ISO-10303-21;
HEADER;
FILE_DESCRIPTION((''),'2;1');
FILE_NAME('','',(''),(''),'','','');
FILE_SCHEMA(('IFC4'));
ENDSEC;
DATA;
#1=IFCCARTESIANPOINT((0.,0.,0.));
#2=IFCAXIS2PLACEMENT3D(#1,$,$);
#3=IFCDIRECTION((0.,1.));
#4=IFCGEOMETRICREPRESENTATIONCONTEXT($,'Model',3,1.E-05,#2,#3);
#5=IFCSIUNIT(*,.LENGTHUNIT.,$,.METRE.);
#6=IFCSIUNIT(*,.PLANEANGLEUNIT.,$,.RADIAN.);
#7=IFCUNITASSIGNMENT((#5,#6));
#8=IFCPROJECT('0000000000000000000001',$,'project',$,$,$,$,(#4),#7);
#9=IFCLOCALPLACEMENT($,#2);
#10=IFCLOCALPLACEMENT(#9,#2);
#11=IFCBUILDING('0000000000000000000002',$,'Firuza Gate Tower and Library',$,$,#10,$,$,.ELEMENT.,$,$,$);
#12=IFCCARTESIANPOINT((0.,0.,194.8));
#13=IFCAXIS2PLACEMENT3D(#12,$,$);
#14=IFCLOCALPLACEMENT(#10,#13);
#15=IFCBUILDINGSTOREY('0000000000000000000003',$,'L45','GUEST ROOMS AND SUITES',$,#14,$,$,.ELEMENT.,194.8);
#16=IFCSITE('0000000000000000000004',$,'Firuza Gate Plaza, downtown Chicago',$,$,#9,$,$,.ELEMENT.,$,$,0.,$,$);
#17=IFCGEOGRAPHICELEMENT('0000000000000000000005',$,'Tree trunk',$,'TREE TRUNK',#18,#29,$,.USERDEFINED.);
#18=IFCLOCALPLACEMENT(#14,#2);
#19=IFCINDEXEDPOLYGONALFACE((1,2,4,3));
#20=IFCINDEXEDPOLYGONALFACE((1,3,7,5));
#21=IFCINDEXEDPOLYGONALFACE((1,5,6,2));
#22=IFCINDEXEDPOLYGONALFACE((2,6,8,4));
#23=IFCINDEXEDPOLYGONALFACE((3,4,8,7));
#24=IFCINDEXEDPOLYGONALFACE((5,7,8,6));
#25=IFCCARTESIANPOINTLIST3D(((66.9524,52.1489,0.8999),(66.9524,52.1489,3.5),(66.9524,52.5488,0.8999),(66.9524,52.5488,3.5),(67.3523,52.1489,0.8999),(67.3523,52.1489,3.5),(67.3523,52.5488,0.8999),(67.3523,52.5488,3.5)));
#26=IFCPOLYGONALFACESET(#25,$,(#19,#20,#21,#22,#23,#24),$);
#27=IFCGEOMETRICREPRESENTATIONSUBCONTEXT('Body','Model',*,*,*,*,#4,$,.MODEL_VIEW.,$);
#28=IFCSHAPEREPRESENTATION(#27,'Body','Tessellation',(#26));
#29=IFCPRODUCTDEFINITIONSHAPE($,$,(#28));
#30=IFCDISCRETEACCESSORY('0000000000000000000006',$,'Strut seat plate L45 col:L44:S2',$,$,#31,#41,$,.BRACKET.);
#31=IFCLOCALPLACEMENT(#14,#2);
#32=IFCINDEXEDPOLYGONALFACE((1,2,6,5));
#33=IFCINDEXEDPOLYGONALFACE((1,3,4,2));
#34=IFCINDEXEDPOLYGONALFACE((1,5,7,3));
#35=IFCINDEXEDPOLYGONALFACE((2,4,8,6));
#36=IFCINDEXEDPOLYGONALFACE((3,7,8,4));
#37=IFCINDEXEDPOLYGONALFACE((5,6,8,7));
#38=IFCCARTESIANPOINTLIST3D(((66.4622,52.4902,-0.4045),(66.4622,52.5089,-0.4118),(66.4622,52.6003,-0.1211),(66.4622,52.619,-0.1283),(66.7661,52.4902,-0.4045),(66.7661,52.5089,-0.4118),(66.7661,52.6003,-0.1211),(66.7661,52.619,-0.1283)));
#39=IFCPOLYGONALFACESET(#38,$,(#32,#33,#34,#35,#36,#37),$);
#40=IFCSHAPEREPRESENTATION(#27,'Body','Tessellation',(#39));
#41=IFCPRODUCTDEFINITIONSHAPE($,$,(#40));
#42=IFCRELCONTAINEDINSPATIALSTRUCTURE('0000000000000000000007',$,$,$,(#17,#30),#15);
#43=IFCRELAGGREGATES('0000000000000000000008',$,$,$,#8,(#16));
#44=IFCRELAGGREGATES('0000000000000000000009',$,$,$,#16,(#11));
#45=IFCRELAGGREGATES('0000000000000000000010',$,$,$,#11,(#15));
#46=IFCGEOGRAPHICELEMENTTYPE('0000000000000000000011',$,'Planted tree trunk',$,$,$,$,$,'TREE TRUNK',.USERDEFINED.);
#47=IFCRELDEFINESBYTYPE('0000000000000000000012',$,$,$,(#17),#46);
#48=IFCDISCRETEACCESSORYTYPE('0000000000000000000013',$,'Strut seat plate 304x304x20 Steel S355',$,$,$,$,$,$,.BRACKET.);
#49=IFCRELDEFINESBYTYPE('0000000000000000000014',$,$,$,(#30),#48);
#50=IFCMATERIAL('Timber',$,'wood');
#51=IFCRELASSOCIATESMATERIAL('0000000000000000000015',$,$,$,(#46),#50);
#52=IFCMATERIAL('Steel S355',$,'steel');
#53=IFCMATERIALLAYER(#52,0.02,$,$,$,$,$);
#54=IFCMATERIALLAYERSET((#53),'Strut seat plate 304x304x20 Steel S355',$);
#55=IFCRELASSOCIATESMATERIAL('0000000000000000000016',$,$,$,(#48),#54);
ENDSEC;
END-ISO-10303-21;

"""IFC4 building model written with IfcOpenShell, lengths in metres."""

from ifc_helpers import new_model, si_unit, direction, frame, origin, origin_2d, place, context, subcontext, project, spatial, polyline, rectangle, outline, extrude, material, layer, layer_set, type_object, element, save


model = new_model("IFC4")

# Units and contexts
model_context = context("Model", 3, precision=1e-05, world=origin(), true_north=direction((0.0, 1.0)))
body_context = subcontext(model_context, "Body", "Model", "MODEL_VIEW")
ifc_project = project(units=[si_unit("LENGTHUNIT", "METRE"), si_unit("PLANEANGLEUNIT", "RADIAN")], contexts=[model_context])

# Site, building, storey
site_placement = place(None, origin())
site = spatial("IfcSite", under=ifc_project, at=site_placement, Name="Firuza Gate Plaza, downtown Chicago", CompositionType="ELEMENT", RefElevation=0.0)
building_placement = place(site_placement, origin())
building = spatial("IfcBuilding", under=site, at=building_placement, Name="Firuza Gate Tower and Library", CompositionType="ELEMENT")
storey_placement = place(building_placement, frame((0.0, 0.0, 194.8)))
storey = spatial("IfcBuildingStorey", under=building, at=storey_placement, Name="L45", Description="GUEST ROOMS AND SUITES", CompositionType="ELEMENT", Elevation=194.8)

# Geographic element
ifc_material_1 = material(Name="Timber", Category="wood")
geographic_element_type = type_object("IfcGeographicElementType", Name="Planted tree trunk", ElementType="TREE TRUNK", PredefinedType="USERDEFINED", material=ifc_material_1)
for number, where, z_axis, x_axis, name in (
    (1, (67.1523, 52.3489, 0.8999), (0.0, 0.0, 1.0), (1.0, 0.0, 0.0), "Tree trunk"),
):
    element("IfcGeographicElement", number, at=place(storey_placement, frame(where, z_axis=z_axis, x_axis=x_axis)), inside=storey, type_object=geographic_element_type, Name=name, ObjectType="TREE TRUNK", PredefinedType="USERDEFINED", context=body_context, shape_type="SweptSolid", body=[
        extrude(rectangle(XDim=0.3999, YDim=0.3999, at=origin_2d()), origin(), (0.0, 0.0, 1.0), 2.6001),
    ])

# Discrete accessory
ifc_material_2 = material(Name="Steel S355", Category="steel")
ifc_layer_1 = layer(ifc_material_2, 0.02)
ifc_layer_set_1 = layer_set([ifc_layer_1], Name="Strut seat plate 304x304x20 Steel S355")
discrete_accessory_type = type_object("IfcDiscreteAccessoryType", Name="Strut seat plate 304x304x20 Steel S355", PredefinedType="BRACKET", material=ifc_layer_set_1)
discrete_accessory_placement = place(storey_placement, frame((66.4622, 52.6003, -0.1211), z_axis=(0.0, -0.93214, 0.362098), x_axis=(1.0, 0.0, 0.0)))
element("IfcDiscreteAccessory", 2, at=discrete_accessory_placement, inside=storey, type_object=discrete_accessory_type, Name="Strut seat plate L45 col:L44:S2", PredefinedType="BRACKET", context=body_context, shape_type="SweptSolid", body=[
    extrude(outline(polyline([(0.0, 0.0), (0.304, 0.0), (0.304, -0.3041), (0.0, -0.3041), (0.0, 0.0)])), origin(), (0.0, 0.0, -1.0), 0.02),
])

save(model, "model.ifc")
